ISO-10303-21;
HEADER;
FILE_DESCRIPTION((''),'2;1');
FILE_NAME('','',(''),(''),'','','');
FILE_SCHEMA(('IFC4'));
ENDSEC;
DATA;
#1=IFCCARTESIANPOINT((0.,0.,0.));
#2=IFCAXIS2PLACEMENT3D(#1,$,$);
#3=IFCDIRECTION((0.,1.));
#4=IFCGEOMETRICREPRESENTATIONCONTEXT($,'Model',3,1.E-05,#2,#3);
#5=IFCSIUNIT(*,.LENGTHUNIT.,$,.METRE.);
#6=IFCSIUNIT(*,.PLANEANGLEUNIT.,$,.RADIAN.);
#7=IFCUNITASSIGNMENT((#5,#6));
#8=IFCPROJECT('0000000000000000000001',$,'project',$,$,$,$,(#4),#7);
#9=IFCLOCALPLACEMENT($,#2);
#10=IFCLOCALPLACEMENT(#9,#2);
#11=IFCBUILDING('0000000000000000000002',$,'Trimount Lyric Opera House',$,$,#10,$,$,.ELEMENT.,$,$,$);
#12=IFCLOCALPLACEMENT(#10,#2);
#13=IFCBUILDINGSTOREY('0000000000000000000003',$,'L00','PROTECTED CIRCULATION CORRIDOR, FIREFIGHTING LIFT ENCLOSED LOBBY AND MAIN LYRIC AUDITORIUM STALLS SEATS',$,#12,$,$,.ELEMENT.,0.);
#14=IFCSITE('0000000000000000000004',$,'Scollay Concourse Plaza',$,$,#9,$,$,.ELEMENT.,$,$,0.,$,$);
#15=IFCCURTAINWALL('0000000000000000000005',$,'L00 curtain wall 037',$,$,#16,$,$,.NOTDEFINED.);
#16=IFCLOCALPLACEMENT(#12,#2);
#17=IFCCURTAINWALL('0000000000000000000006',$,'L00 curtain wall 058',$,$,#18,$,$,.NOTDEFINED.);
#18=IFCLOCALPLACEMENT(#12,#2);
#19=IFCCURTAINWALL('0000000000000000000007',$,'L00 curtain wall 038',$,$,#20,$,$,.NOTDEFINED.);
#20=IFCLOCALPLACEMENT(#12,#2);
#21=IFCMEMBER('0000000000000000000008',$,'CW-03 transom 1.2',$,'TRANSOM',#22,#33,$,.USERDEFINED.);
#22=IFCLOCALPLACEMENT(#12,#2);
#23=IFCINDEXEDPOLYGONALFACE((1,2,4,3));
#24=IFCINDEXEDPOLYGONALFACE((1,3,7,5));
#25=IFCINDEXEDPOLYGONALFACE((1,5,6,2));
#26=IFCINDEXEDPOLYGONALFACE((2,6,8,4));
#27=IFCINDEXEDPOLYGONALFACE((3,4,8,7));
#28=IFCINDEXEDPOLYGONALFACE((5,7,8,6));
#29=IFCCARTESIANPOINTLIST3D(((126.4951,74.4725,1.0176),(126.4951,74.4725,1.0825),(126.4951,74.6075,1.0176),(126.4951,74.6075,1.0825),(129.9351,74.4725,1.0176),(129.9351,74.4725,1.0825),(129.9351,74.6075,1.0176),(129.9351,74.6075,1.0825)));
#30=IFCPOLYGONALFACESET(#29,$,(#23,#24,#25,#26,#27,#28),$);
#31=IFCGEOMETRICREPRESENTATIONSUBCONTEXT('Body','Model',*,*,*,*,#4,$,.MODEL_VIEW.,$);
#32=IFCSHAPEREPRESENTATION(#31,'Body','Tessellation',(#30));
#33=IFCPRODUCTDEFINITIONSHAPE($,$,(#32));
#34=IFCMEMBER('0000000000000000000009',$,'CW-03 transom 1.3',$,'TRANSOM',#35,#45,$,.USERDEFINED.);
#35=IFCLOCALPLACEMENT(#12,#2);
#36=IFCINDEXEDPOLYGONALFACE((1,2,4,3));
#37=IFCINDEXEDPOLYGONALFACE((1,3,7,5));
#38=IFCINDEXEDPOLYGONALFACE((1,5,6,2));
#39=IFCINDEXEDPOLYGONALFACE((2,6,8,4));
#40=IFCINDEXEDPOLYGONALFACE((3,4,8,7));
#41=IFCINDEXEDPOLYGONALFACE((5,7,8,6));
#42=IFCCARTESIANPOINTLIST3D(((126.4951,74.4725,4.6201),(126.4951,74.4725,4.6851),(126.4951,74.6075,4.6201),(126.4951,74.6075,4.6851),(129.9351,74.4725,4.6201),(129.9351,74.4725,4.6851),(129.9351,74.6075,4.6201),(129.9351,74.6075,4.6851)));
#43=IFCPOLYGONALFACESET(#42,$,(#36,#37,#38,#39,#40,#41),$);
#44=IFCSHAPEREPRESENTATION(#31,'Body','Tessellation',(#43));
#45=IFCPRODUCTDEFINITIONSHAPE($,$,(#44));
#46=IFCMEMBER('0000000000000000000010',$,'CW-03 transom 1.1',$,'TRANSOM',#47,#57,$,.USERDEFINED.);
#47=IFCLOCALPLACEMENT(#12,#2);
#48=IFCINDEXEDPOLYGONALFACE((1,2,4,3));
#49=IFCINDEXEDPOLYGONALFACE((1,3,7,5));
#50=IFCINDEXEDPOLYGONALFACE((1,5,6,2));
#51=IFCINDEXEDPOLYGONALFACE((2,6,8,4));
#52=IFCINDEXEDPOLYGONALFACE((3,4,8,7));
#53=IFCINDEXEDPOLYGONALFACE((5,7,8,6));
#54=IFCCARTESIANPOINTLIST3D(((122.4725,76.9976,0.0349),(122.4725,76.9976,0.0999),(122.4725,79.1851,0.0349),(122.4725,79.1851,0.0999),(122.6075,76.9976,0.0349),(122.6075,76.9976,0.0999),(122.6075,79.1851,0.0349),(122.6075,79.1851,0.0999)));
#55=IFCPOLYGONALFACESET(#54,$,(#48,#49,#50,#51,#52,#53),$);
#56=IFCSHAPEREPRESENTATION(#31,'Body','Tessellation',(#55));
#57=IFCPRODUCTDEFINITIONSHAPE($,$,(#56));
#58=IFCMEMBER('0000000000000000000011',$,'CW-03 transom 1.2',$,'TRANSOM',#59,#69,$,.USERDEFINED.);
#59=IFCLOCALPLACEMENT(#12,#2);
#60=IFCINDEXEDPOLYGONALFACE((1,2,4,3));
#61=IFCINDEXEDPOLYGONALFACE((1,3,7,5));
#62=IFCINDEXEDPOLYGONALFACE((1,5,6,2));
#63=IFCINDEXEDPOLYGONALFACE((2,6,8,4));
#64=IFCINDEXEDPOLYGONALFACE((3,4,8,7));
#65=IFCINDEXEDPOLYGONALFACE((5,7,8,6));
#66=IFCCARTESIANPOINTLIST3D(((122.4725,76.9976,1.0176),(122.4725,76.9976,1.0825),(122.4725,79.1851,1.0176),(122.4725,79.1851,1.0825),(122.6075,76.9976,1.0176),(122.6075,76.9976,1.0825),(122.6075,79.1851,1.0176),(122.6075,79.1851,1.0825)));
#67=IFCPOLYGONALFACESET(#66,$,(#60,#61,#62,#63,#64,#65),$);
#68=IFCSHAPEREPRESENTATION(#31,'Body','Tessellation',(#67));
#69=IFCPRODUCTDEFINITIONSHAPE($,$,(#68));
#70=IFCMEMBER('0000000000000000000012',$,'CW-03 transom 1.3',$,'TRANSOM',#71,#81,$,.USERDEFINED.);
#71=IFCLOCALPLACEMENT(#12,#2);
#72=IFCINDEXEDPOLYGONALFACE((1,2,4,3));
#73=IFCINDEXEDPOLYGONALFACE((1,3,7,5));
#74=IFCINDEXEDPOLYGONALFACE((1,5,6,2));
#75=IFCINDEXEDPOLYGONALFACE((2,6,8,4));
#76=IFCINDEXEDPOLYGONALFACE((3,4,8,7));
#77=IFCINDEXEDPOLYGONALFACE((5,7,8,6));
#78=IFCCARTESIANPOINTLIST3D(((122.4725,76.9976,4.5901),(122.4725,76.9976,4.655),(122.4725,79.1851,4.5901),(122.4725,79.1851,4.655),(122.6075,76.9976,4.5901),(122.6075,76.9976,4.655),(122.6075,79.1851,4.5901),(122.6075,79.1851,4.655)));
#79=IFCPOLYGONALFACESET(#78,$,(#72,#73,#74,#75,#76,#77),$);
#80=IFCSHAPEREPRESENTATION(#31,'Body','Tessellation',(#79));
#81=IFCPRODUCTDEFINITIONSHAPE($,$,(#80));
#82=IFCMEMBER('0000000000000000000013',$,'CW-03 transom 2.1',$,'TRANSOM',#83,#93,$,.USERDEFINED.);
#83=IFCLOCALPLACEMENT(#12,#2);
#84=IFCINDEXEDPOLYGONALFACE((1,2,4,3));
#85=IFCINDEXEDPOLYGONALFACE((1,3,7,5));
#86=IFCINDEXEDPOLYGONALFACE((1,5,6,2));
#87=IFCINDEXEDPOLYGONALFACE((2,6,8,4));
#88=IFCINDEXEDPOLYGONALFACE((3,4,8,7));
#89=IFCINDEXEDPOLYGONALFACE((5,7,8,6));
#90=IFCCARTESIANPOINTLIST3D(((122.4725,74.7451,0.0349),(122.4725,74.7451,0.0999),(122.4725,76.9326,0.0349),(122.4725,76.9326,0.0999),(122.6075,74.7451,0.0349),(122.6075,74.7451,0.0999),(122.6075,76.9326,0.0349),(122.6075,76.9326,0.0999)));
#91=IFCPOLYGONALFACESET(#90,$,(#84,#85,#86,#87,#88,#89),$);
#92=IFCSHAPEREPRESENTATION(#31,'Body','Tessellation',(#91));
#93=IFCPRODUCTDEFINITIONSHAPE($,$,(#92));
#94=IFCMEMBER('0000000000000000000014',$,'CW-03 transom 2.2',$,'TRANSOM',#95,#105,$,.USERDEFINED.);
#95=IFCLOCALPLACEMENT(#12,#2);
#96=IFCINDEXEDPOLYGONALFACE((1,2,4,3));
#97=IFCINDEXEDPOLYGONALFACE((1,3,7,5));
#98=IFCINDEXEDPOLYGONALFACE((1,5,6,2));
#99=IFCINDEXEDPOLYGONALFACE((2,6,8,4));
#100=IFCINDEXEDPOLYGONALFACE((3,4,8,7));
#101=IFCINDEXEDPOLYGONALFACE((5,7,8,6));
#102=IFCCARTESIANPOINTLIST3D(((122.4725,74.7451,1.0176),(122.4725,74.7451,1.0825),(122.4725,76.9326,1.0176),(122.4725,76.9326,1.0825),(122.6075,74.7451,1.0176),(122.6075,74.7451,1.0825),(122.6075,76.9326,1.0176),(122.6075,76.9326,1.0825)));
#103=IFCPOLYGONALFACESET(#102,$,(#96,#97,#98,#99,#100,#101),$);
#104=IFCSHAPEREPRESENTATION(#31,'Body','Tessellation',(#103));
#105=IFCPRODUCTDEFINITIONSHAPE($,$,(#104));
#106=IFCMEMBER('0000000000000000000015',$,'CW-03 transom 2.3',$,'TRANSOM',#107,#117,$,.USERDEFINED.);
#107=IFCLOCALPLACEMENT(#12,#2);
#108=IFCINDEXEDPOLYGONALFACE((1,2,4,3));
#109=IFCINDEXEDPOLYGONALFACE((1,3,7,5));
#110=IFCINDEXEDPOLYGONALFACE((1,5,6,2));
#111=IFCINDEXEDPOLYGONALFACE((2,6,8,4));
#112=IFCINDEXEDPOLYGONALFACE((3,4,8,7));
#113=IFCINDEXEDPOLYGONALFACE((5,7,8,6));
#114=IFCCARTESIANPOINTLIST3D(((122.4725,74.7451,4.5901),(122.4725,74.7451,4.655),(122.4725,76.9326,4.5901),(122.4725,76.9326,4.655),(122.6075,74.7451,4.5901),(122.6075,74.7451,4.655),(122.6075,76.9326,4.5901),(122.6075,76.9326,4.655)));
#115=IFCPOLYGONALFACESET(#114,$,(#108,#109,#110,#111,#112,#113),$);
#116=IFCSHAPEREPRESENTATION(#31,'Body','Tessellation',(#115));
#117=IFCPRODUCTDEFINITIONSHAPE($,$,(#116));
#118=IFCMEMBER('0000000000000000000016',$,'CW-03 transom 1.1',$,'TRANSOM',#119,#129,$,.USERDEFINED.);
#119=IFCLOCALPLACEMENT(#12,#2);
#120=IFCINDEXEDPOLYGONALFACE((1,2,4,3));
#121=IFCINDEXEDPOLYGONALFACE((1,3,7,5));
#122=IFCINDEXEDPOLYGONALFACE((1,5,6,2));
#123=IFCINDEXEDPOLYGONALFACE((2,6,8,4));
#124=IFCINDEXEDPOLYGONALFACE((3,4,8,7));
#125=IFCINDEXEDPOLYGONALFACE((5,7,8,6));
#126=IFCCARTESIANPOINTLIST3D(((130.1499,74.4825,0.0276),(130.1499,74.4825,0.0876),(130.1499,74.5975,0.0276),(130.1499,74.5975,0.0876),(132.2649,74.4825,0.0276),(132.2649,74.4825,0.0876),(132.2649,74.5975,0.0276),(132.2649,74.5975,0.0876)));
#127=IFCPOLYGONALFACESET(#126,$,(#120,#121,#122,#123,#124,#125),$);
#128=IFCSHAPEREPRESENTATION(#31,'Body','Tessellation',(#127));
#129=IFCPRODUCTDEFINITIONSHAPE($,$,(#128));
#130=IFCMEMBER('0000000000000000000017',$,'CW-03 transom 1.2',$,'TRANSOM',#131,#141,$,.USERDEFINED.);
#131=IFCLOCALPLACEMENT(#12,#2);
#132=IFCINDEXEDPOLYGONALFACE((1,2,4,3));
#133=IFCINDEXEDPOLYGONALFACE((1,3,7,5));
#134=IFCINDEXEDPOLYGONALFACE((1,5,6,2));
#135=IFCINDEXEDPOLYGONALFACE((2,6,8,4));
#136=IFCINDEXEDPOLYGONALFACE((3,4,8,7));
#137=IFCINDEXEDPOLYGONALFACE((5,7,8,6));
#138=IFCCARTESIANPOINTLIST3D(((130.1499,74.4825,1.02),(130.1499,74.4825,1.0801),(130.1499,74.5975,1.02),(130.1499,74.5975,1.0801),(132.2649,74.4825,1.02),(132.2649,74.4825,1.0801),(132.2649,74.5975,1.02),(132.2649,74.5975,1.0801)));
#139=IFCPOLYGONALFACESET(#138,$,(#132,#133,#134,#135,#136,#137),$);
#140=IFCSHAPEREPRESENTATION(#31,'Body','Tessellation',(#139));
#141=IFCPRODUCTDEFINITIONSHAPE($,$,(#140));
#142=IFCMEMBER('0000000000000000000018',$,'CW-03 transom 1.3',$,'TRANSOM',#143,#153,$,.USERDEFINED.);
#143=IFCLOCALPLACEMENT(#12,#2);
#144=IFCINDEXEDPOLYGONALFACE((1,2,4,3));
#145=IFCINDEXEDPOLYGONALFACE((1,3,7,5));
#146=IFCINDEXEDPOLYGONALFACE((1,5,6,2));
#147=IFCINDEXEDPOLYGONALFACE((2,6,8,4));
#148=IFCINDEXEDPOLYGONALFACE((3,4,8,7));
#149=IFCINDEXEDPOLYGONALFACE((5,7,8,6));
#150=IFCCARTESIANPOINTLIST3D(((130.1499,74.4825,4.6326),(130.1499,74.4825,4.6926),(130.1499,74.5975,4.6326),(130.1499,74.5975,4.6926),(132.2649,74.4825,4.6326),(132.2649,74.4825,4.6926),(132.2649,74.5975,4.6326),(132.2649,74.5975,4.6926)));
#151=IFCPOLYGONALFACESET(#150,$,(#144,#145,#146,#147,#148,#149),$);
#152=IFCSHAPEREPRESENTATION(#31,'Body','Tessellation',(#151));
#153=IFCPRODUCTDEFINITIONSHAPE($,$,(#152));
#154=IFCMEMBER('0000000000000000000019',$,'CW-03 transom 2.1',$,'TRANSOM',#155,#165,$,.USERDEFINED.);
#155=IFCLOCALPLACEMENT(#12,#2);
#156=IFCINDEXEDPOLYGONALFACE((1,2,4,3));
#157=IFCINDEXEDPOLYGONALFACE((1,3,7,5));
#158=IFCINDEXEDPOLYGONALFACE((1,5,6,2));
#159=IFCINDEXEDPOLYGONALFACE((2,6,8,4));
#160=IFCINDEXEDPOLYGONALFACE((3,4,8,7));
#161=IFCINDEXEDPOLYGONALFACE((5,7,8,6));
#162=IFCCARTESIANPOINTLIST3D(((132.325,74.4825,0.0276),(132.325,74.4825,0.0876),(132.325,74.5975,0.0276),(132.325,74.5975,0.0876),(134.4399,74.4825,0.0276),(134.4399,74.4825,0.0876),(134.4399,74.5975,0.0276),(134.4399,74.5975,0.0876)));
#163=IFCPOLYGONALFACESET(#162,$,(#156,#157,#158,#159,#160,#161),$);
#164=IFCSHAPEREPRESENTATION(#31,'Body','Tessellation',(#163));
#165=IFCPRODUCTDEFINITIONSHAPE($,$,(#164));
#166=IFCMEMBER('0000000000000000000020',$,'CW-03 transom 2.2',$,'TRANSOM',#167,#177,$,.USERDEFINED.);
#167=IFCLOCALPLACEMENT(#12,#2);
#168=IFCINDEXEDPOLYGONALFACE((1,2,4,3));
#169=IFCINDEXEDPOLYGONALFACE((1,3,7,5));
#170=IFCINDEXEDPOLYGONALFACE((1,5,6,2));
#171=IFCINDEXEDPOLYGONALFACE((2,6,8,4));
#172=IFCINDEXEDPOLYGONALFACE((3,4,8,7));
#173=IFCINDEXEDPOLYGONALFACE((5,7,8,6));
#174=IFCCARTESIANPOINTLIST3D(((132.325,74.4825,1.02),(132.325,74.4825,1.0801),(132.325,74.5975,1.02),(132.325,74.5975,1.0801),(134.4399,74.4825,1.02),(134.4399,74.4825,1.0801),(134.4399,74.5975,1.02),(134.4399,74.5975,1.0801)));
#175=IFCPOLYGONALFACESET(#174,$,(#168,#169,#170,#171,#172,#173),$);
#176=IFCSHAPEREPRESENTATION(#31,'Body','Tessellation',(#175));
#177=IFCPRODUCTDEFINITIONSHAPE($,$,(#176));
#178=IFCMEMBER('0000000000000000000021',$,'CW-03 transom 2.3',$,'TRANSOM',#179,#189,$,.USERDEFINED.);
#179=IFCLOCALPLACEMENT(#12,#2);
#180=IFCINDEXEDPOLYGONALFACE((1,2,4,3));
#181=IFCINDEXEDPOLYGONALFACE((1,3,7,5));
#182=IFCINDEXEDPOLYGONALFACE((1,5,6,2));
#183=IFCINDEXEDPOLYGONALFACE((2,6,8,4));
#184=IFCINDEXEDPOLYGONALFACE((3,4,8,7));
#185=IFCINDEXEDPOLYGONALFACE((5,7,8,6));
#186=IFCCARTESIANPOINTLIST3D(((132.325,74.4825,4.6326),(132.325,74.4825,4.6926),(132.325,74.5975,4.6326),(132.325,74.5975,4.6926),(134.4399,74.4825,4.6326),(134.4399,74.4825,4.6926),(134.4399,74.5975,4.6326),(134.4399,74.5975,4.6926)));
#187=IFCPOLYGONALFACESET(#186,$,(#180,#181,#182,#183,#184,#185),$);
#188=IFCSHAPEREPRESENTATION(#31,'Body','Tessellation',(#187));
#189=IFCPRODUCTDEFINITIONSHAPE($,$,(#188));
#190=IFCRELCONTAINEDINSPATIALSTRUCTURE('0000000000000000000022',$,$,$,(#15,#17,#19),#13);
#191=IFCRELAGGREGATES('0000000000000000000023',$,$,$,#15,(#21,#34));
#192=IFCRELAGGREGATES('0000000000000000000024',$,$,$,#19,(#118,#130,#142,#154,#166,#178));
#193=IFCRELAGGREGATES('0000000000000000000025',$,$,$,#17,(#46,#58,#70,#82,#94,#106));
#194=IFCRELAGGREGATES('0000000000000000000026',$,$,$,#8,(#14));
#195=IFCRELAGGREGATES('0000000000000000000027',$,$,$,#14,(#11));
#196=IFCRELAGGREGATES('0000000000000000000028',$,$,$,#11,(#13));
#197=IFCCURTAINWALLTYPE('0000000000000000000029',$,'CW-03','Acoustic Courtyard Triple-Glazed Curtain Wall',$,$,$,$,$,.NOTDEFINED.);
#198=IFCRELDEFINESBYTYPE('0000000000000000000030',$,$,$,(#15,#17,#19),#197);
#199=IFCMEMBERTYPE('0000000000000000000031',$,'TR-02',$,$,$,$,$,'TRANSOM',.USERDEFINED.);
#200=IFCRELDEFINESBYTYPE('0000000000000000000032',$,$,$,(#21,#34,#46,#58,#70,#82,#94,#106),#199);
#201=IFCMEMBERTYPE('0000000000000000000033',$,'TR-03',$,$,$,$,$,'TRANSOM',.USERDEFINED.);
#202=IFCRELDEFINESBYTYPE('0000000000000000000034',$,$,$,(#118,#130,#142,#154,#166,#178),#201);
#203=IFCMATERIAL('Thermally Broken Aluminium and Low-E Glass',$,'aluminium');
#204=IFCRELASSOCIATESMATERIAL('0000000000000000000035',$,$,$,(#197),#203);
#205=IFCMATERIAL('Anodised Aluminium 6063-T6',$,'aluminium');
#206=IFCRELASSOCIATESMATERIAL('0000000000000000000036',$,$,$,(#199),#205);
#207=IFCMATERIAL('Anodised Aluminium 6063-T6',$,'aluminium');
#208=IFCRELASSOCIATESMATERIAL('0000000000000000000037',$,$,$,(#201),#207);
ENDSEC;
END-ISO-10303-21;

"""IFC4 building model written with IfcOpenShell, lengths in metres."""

from ifc_helpers import new_model, si_unit, direction, frame, origin, origin_2d, place, context, subcontext, project, spatial, rectangle, extrude, material, material_profile, profile_set, type_object, element, aggregate, save


model = new_model("IFC4")

# Units and contexts
model_context = context("Model", 3, precision=1e-05, world=origin(), true_north=direction((0.0, 1.0)))
body_context = subcontext(model_context, "Body", "Model", "MODEL_VIEW")
ifc_project = project(units=[si_unit("LENGTHUNIT", "METRE"), si_unit("PLANEANGLEUNIT", "RADIAN")], contexts=[model_context])

# Site, building, storey
site_placement = place(None, origin())
site = spatial("IfcSite", under=ifc_project, at=site_placement, Name="Scollay Concourse Plaza", CompositionType="ELEMENT", RefElevation=0.0)
building_placement = place(site_placement, origin())
building = spatial("IfcBuilding", under=site, at=building_placement, Name="Trimount Lyric Opera House", CompositionType="ELEMENT")
storey_placement = place(building_placement, origin())
storey = spatial("IfcBuildingStorey", under=building, at=storey_placement, Name="L00", Description="PROTECTED CIRCULATION CORRIDOR, FIREFIGHTING LIFT ENCLOSED LOBBY AND MAIN LYRIC AUDITORIUM STALLS SEATS", CompositionType="ELEMENT", Elevation=0.0)

# Shared definitions
ifc_material_1 = material(Name="Thermally Broken Aluminium and Low-E Glass", Category="aluminium")
curtain_wall_type = type_object("IfcCurtainWallType", Name="CW-03", Description="Acoustic Courtyard Triple-Glazed Curtain Wall", PredefinedType="NOTDEFINED", material=ifc_material_1)

# Curtain walls
curtain_wall_1_placement = place(storey_placement, origin())
curtain_wall_1 = element("IfcCurtainWall", 1, at=curtain_wall_1_placement, inside=storey, type_object=curtain_wall_type, Name="L00 curtain wall 037", PredefinedType="NOTDEFINED")
curtain_wall_2_placement = place(storey_placement, origin())
curtain_wall_2 = element("IfcCurtainWall", 2, at=curtain_wall_2_placement, inside=storey, type_object=curtain_wall_type, Name="L00 curtain wall 058", PredefinedType="NOTDEFINED")
curtain_wall_3_placement = place(storey_placement, origin())
curtain_wall_3 = element("IfcCurtainWall", 3, at=curtain_wall_3_placement, inside=storey, type_object=curtain_wall_type, Name="L00 curtain wall 038", PredefinedType="NOTDEFINED")

# Members
ifc_material_2 = material(Name="Anodised Aluminium 6063-T6", Category="aluminium")
ifc_material_profile_1 = material_profile(ifc_material_2, rectangle(XDim=0.135, YDim=0.0649, at=origin_2d()), Name="ALU-TRAN-65X135")
ifc_profile_set_1 = profile_set([ifc_material_profile_1], Name="Anodised Aluminium 6063-T6")
member_type_1 = type_object("IfcMemberType", Name="TR-02", ElementType="TRANSOM", PredefinedType="USERDEFINED", material=ifc_profile_set_1)
member_1_placement = place(storey_placement, frame((126.4951, 74.54, 1.05), z_axis=(1.0, 0.0, 0.0), x_axis=(0.0, 1.0, 0.0)))
member_1 = element("IfcMember", 4, at=member_1_placement, type_object=member_type_1, Name="CW-03 transom 1.2", ObjectType="TRANSOM", PredefinedType="USERDEFINED", context=body_context, shape_type="SweptSolid", body=[
    extrude(rectangle(XDim=0.135, YDim=0.0649, at=origin_2d()), origin(), (0.0, 0.0, 1.0), 3.4399),
])
member_2_placement = place(storey_placement, frame((126.4951, 74.54, 4.6526), z_axis=(1.0, 0.0, 0.0), x_axis=(0.0, 1.0, 0.0)))
member_2 = element("IfcMember", 5, at=member_2_placement, type_object=member_type_1, Name="CW-03 transom 1.3", ObjectType="TRANSOM", PredefinedType="USERDEFINED", context=body_context, shape_type="SweptSolid", body=[
    extrude(rectangle(XDim=0.135, YDim=0.0649, at=origin_2d()), origin(), (0.0, 0.0, 1.0), 3.4399),
])
member_3_placement = place(storey_placement, frame((122.54, 79.1851, 0.0674), z_axis=(0.0, -1.0, 0.0), x_axis=(1.0, 0.0, 0.0)))
member_3 = element("IfcMember", 6, at=member_3_placement, type_object=member_type_1, Name="CW-03 transom 1.1", ObjectType="TRANSOM", PredefinedType="USERDEFINED", context=body_context, shape_type="SweptSolid", body=[
    extrude(rectangle(XDim=0.135, YDim=0.0649, at=origin_2d()), origin(), (0.0, 0.0, 1.0), 2.1875),
])
member_4_placement = place(storey_placement, frame((122.54, 79.1851, 1.05), z_axis=(0.0, -1.0, 0.0), x_axis=(1.0, 0.0, 0.0)))
member_4 = element("IfcMember", 7, at=member_4_placement, type_object=member_type_1, Name="CW-03 transom 1.2", ObjectType="TRANSOM", PredefinedType="USERDEFINED", context=body_context, shape_type="SweptSolid", body=[
    extrude(rectangle(XDim=0.135, YDim=0.0649, at=origin_2d()), origin(), (0.0, 0.0, 1.0), 2.1875),
])
member_5_placement = place(storey_placement, frame((122.54, 79.1851, 4.6226), z_axis=(0.0, -1.0, 0.0), x_axis=(1.0, 0.0, 0.0)))
member_5 = element("IfcMember", 8, at=member_5_placement, type_object=member_type_1, Name="CW-03 transom 1.3", ObjectType="TRANSOM", PredefinedType="USERDEFINED", context=body_context, shape_type="SweptSolid", body=[
    extrude(rectangle(XDim=0.135, YDim=0.0649, at=origin_2d()), origin(), (0.0, 0.0, 1.0), 2.1875),
])
member_6_placement = place(storey_placement, frame((122.54, 76.9326, 0.0674), z_axis=(0.0, -1.0, 0.0), x_axis=(1.0, 0.0, 0.0)))
member_6 = element("IfcMember", 9, at=member_6_placement, type_object=member_type_1, Name="CW-03 transom 2.1", ObjectType="TRANSOM", PredefinedType="USERDEFINED", context=body_context, shape_type="SweptSolid", body=[
    extrude(rectangle(XDim=0.135, YDim=0.0649, at=origin_2d()), origin(), (0.0, 0.0, 1.0), 2.1875),
])
member_7_placement = place(storey_placement, frame((122.54, 76.9326, 1.05), z_axis=(0.0, -1.0, 0.0), x_axis=(1.0, 0.0, 0.0)))
member_7 = element("IfcMember", 10, at=member_7_placement, type_object=member_type_1, Name="CW-03 transom 2.2", ObjectType="TRANSOM", PredefinedType="USERDEFINED", context=body_context, shape_type="SweptSolid", body=[
    extrude(rectangle(XDim=0.135, YDim=0.0649, at=origin_2d()), origin(), (0.0, 0.0, 1.0), 2.1875),
])
member_8_placement = place(storey_placement, frame((122.54, 76.9326, 4.6226), z_axis=(0.0, -1.0, 0.0), x_axis=(1.0, 0.0, 0.0)))
member_8 = element("IfcMember", 11, at=member_8_placement, type_object=member_type_1, Name="CW-03 transom 2.3", ObjectType="TRANSOM", PredefinedType="USERDEFINED", context=body_context, shape_type="SweptSolid", body=[
    extrude(rectangle(XDim=0.135, YDim=0.0649, at=origin_2d()), origin(), (0.0, 0.0, 1.0), 2.1875),
])
ifc_material_3 = material(Name="Anodised Aluminium 6063-T6", Category="aluminium")
ifc_material_profile_2 = material_profile(ifc_material_3, rectangle(XDim=0.115, YDim=0.0601, at=origin_2d()), Name="ALU-TRAN-60X115")
ifc_profile_set_2 = profile_set([ifc_material_profile_2], Name="Anodised Aluminium 6063-T6")
member_type_2 = type_object("IfcMemberType", Name="TR-03", ElementType="TRANSOM", PredefinedType="USERDEFINED", material=ifc_profile_set_2)
member_9_placement = place(storey_placement, frame((130.1499, 74.54, 0.0576), z_axis=(1.0, 0.0, 0.0), x_axis=(0.0, 1.0, 0.0)))
member_9 = element("IfcMember", 12, at=member_9_placement, type_object=member_type_2, Name="CW-03 transom 1.1", ObjectType="TRANSOM", PredefinedType="USERDEFINED", context=body_context, shape_type="SweptSolid", body=[
    extrude(rectangle(XDim=0.115, YDim=0.0601, at=origin_2d()), origin(), (0.0, 0.0, 1.0), 2.115),
])
member_10_placement = place(storey_placement, frame((130.1499, 74.54, 1.05), z_axis=(1.0, 0.0, 0.0), x_axis=(0.0, 1.0, 0.0)))
member_10 = element("IfcMember", 13, at=member_10_placement, type_object=member_type_2, Name="CW-03 transom 1.2", ObjectType="TRANSOM", PredefinedType="USERDEFINED", context=body_context, shape_type="SweptSolid", body=[
    extrude(rectangle(XDim=0.115, YDim=0.0601, at=origin_2d()), origin(), (0.0, 0.0, 1.0), 2.115),
])
member_11_placement = place(storey_placement, frame((130.1499, 74.54, 4.6626), z_axis=(1.0, 0.0, 0.0), x_axis=(0.0, 1.0, 0.0)))
member_11 = element("IfcMember", 14, at=member_11_placement, type_object=member_type_2, Name="CW-03 transom 1.3", ObjectType="TRANSOM", PredefinedType="USERDEFINED", context=body_context, shape_type="SweptSolid", body=[
    extrude(rectangle(XDim=0.115, YDim=0.0601, at=origin_2d()), origin(), (0.0, 0.0, 1.0), 2.115),
])
member_12_placement = place(storey_placement, frame((132.325, 74.54, 0.0576), z_axis=(1.0, 0.0, 0.0), x_axis=(0.0, 1.0, 0.0)))
member_12 = element("IfcMember", 15, at=member_12_placement, type_object=member_type_2, Name="CW-03 transom 2.1", ObjectType="TRANSOM", PredefinedType="USERDEFINED", context=body_context, shape_type="SweptSolid", body=[
    extrude(rectangle(XDim=0.115, YDim=0.0601, at=origin_2d()), origin(), (0.0, 0.0, 1.0), 2.115),
])
member_13_placement = place(storey_placement, frame((132.325, 74.54, 1.05), z_axis=(1.0, 0.0, 0.0), x_axis=(0.0, 1.0, 0.0)))
member_13 = element("IfcMember", 16, at=member_13_placement, type_object=member_type_2, Name="CW-03 transom 2.2", ObjectType="TRANSOM", PredefinedType="USERDEFINED", context=body_context, shape_type="SweptSolid", body=[
    extrude(rectangle(XDim=0.115, YDim=0.0601, at=origin_2d()), origin(), (0.0, 0.0, 1.0), 2.115),
])
member_14_placement = place(storey_placement, frame((132.325, 74.54, 4.6626), z_axis=(1.0, 0.0, 0.0), x_axis=(0.0, 1.0, 0.0)))
member_14 = element("IfcMember", 17, at=member_14_placement, type_object=member_type_2, Name="CW-03 transom 2.3", ObjectType="TRANSOM", PredefinedType="USERDEFINED", context=body_context, shape_type="SweptSolid", body=[
    extrude(rectangle(XDim=0.115, YDim=0.0601, at=origin_2d()), origin(), (0.0, 0.0, 1.0), 2.115),
])

aggregate(curtain_wall_1, [member_1, member_2])
aggregate(curtain_wall_3, [member_9, member_10, member_11, member_12, member_13, member_14])
aggregate(curtain_wall_2, [member_3, member_4, member_5, member_6, member_7, member_8])

save(model, "model.ifc")
